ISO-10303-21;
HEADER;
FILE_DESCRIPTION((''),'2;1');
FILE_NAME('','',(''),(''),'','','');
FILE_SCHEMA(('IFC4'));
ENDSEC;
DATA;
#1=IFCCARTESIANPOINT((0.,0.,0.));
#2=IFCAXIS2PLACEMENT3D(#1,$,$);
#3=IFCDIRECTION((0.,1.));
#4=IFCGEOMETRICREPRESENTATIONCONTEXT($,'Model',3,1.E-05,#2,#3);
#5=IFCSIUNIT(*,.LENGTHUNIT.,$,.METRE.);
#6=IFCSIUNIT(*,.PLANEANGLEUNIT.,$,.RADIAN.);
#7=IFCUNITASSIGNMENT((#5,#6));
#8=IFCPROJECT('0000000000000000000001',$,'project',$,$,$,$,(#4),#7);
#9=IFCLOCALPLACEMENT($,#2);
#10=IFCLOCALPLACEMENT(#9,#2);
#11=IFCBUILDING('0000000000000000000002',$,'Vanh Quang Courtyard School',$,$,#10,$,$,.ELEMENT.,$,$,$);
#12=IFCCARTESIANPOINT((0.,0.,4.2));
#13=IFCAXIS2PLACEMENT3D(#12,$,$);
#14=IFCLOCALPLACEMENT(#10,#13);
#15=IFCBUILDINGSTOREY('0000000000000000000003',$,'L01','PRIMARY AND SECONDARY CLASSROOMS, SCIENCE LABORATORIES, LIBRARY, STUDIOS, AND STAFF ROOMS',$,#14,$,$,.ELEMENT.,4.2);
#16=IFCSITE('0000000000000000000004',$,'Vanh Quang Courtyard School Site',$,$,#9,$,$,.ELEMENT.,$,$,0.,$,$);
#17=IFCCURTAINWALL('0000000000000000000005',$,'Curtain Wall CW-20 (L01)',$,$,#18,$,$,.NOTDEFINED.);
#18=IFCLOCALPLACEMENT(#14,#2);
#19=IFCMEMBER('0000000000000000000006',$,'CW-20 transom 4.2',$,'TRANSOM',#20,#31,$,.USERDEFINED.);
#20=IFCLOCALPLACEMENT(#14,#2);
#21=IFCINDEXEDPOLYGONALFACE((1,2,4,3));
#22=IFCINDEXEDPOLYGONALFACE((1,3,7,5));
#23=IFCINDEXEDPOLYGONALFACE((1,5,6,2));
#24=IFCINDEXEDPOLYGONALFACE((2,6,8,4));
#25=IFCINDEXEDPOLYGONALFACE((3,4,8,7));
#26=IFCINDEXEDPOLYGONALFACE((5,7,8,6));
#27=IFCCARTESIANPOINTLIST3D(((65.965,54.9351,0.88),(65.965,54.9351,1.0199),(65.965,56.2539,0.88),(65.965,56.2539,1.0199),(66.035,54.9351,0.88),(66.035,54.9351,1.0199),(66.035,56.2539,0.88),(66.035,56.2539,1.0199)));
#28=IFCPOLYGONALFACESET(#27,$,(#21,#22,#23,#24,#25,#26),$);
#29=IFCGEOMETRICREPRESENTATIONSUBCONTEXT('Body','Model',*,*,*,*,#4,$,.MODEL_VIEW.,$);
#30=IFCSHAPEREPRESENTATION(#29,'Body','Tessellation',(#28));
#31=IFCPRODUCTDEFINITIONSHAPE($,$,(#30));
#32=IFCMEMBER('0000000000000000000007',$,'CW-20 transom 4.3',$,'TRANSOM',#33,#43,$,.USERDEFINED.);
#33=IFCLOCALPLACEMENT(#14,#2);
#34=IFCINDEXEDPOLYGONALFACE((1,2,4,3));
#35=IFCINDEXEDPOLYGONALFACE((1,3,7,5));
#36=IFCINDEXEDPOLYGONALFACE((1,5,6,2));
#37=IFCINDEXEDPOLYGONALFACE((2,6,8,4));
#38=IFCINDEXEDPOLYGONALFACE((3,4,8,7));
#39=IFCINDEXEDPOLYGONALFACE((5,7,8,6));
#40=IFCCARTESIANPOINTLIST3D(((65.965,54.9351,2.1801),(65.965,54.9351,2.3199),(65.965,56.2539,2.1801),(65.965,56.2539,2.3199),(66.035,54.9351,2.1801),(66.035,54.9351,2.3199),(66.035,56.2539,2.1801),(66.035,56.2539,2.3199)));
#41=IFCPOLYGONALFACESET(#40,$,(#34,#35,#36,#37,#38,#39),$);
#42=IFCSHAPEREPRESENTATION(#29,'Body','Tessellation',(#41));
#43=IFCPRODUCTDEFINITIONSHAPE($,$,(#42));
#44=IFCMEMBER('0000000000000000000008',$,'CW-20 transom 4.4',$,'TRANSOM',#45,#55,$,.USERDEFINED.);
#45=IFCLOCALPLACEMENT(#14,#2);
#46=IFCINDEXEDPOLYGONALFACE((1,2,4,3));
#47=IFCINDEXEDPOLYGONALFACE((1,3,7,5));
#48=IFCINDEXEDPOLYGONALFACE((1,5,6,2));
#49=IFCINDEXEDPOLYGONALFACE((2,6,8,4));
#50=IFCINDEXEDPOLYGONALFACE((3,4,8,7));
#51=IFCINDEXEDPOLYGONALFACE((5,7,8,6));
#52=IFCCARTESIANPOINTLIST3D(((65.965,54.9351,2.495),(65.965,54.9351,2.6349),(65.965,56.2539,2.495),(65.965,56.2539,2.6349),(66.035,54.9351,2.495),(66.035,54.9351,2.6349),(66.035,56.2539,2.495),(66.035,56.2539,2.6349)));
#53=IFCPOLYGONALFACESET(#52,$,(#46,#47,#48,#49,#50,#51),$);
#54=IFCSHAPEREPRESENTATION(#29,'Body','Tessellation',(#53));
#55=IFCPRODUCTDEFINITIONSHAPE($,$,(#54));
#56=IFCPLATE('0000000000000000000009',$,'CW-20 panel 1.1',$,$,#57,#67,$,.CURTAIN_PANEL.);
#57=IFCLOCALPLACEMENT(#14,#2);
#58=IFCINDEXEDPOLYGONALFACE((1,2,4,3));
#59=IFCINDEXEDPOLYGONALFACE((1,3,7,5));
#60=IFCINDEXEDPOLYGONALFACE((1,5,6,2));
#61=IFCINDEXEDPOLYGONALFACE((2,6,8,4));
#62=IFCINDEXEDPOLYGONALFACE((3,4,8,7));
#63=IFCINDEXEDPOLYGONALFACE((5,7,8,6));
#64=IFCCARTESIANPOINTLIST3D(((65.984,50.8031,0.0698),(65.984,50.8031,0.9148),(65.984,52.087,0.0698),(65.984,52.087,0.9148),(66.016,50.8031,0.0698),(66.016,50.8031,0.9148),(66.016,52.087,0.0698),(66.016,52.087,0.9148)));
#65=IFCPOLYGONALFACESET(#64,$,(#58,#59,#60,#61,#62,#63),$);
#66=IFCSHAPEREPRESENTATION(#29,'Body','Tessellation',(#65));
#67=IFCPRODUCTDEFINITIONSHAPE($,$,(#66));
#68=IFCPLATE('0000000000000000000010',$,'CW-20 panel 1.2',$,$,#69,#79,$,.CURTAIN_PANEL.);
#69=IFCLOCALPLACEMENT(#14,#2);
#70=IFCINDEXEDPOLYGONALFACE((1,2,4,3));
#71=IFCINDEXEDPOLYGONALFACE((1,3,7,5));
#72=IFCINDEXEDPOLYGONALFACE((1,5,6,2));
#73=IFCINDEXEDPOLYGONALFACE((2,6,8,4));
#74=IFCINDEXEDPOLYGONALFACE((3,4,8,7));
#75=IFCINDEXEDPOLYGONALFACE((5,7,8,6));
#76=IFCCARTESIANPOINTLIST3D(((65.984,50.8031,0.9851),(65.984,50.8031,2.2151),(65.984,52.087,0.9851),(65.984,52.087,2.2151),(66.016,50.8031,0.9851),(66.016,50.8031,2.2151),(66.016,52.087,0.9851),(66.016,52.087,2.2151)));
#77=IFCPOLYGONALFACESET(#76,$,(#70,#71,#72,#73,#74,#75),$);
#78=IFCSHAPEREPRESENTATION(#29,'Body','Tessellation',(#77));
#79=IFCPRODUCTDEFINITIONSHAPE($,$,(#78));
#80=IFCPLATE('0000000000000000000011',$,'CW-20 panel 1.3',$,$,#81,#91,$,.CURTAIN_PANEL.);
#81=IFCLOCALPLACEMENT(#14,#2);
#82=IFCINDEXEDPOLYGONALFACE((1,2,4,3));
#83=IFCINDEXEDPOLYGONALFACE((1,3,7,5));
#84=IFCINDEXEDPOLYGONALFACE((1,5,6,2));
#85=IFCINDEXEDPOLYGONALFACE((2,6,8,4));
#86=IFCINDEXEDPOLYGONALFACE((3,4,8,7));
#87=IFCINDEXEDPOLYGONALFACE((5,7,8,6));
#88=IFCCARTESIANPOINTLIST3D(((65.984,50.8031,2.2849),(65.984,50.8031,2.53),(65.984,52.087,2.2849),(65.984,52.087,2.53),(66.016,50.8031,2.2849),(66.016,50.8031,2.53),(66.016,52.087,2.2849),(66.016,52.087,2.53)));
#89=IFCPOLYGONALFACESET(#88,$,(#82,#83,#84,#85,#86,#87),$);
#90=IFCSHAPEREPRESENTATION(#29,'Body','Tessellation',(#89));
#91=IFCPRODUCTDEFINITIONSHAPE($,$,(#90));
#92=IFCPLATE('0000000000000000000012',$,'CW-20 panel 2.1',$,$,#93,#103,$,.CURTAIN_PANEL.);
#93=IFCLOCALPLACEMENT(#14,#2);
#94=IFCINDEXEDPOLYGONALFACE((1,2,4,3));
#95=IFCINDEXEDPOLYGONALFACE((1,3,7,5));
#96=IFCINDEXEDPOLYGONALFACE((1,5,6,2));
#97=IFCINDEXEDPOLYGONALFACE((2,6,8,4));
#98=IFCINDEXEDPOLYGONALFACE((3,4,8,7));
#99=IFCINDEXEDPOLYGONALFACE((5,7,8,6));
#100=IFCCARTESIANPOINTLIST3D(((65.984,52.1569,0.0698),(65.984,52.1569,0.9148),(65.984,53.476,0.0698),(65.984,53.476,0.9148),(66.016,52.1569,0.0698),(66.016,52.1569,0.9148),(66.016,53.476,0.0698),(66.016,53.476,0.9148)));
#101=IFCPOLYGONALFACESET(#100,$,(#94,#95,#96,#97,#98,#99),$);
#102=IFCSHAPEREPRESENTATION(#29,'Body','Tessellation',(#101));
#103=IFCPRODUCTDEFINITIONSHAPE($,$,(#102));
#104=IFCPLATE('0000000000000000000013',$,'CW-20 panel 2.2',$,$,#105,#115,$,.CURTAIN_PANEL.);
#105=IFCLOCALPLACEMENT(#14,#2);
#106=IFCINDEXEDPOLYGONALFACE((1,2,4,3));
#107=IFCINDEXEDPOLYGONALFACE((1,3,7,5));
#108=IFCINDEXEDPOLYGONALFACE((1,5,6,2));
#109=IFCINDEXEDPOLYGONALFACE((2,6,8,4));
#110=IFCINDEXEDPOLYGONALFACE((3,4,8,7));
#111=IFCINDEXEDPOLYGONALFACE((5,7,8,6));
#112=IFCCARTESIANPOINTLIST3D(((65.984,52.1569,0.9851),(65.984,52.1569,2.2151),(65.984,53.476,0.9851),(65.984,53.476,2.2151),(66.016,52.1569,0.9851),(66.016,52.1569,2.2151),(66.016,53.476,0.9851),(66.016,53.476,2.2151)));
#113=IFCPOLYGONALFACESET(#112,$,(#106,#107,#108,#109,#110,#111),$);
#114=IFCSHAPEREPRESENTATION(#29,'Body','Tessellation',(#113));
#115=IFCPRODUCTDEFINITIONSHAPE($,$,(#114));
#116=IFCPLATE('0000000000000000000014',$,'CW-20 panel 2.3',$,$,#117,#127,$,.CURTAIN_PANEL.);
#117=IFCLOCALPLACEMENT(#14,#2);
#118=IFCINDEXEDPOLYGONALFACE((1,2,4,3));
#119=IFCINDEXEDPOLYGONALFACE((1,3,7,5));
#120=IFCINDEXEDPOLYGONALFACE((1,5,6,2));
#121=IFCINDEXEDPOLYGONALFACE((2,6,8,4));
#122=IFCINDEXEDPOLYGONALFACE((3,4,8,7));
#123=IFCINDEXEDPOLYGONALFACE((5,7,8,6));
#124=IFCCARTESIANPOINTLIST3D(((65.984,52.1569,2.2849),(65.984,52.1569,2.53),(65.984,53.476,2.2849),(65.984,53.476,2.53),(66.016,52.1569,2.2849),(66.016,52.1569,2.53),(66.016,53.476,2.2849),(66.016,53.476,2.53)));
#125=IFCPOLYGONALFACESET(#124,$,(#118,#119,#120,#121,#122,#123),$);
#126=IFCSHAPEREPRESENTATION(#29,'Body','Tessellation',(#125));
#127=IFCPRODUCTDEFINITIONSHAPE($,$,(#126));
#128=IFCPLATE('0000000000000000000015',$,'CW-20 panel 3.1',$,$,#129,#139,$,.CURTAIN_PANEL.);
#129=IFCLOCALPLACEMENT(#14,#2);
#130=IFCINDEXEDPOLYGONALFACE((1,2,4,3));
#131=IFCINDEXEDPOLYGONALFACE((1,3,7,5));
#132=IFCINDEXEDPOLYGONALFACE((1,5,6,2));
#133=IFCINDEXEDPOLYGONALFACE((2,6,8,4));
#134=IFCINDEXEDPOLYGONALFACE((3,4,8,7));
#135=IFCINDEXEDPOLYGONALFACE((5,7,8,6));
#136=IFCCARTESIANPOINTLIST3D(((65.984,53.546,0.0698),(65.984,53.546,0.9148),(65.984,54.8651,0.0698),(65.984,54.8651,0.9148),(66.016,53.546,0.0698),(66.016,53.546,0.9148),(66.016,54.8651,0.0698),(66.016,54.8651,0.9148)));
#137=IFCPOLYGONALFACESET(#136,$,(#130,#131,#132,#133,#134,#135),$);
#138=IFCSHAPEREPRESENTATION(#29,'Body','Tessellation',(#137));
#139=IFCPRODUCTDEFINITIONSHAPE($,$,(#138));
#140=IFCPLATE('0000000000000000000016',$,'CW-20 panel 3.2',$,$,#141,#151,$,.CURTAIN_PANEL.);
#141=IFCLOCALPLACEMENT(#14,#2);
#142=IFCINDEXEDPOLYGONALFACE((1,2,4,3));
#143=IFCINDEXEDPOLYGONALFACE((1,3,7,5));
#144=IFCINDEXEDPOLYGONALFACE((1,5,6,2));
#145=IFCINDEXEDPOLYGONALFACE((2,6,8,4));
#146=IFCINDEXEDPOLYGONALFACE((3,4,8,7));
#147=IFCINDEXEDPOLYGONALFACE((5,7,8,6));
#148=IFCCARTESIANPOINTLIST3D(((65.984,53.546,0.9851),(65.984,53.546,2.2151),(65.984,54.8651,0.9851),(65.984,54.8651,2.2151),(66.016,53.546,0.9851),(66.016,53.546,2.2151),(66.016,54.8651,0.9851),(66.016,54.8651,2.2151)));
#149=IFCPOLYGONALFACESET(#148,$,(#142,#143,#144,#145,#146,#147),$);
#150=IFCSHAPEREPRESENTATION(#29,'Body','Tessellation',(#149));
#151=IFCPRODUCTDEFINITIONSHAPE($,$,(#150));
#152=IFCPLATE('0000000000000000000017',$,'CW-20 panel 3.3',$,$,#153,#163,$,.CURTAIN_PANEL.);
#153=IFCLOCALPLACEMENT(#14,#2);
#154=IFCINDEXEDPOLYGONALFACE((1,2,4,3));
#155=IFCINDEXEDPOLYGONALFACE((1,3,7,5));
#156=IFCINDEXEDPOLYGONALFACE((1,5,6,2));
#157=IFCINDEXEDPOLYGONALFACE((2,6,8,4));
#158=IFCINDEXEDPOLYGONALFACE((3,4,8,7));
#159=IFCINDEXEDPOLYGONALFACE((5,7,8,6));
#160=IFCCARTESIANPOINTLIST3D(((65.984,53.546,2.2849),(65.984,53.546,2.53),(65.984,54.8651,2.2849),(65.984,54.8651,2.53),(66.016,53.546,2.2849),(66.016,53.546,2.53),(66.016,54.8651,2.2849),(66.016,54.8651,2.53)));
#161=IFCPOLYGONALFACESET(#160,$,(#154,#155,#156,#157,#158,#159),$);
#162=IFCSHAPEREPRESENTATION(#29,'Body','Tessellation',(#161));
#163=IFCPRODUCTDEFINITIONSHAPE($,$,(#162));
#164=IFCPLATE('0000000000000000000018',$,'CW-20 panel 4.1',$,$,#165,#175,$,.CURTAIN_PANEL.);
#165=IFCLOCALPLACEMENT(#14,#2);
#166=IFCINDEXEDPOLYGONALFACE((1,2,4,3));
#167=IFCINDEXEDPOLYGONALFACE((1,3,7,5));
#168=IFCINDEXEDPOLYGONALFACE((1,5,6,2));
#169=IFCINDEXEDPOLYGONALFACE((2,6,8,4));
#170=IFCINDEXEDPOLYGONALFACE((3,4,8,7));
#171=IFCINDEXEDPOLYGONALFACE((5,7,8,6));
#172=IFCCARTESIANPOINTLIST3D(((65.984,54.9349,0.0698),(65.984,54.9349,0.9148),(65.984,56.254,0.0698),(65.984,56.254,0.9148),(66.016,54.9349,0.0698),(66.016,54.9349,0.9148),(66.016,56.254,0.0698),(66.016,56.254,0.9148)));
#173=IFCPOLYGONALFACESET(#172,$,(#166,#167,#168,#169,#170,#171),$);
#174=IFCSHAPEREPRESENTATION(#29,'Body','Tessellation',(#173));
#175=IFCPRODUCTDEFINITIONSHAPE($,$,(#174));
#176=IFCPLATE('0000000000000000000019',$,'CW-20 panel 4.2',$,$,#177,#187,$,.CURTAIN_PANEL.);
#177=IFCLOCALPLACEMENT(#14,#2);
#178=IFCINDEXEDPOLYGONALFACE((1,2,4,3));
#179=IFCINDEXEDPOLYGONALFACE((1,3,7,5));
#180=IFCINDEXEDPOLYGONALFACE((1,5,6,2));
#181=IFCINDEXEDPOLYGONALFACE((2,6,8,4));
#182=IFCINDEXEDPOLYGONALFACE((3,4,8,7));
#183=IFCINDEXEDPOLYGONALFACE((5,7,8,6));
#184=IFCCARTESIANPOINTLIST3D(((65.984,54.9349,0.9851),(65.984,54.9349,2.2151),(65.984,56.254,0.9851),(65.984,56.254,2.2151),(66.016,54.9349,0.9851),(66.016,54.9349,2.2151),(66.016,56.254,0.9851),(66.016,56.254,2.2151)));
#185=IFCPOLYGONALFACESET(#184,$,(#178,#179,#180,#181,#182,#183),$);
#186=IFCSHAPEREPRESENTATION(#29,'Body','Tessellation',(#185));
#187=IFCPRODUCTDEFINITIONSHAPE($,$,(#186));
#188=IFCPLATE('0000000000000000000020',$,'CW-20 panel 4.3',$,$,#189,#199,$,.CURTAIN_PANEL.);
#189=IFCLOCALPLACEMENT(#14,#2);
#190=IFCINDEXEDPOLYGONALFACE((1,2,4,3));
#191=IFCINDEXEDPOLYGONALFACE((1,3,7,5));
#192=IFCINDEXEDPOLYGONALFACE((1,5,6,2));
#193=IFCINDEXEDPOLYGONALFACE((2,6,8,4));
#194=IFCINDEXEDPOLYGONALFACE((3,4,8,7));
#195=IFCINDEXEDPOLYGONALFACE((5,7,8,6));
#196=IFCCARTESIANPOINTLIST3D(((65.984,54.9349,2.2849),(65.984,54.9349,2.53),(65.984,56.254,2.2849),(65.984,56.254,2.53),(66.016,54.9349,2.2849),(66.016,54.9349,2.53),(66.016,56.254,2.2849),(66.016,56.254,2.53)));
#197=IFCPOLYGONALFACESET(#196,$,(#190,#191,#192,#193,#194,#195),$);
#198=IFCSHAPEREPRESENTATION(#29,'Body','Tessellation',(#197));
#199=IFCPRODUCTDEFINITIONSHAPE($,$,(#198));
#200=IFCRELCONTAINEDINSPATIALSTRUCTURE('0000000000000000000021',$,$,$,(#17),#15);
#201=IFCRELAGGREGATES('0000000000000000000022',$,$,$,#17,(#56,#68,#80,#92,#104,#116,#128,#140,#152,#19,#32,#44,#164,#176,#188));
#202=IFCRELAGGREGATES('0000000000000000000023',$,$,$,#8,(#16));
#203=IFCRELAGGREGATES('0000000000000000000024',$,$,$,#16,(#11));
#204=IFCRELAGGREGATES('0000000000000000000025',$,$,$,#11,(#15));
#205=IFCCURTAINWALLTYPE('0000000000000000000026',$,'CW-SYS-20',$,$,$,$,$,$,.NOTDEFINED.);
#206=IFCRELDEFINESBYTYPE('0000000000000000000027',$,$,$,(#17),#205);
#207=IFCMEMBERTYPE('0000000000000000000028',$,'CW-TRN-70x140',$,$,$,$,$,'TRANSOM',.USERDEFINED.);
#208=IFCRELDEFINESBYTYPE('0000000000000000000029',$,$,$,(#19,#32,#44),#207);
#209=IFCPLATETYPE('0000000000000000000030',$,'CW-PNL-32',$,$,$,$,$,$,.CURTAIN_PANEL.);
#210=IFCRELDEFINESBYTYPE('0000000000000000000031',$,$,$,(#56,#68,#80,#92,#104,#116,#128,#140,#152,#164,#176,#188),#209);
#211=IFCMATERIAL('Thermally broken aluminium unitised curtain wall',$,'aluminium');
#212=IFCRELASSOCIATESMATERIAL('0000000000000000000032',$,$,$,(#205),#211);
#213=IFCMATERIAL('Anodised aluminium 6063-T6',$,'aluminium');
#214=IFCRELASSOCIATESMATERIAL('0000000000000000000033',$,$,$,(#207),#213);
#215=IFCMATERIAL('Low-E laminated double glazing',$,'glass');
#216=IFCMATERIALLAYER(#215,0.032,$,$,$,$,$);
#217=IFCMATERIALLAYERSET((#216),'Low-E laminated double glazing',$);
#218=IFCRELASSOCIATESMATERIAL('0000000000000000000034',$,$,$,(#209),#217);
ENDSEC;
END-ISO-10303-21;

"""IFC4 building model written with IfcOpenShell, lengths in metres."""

from ifc_helpers import new_model, si_unit, direction, frame, origin, origin_2d, place, context, subcontext, project, spatial, rectangle, extrude, material, layer, layer_set, material_profile, profile_set, type_object, element, aggregate, save


model = new_model("IFC4")

# Units and contexts
model_context = context("Model", 3, precision=1e-05, world=origin(), true_north=direction((0.0, 1.0)))
body_context = subcontext(model_context, "Body", "Model", "MODEL_VIEW")
ifc_project = project(units=[si_unit("LENGTHUNIT", "METRE"), si_unit("PLANEANGLEUNIT", "RADIAN")], contexts=[model_context])

# Site, building, storey
site_placement = place(None, origin())
site = spatial("IfcSite", under=ifc_project, at=site_placement, Name="Vanh Quang Courtyard School Site", CompositionType="ELEMENT", RefElevation=0.0)
building_placement = place(site_placement, origin())
building = spatial("IfcBuilding", under=site, at=building_placement, Name="Vanh Quang Courtyard School", CompositionType="ELEMENT")
storey_placement = place(building_placement, frame((0.0, 0.0, 4.2)))
storey = spatial("IfcBuildingStorey", under=building, at=storey_placement, Name="L01", Description="PRIMARY AND SECONDARY CLASSROOMS, SCIENCE LABORATORIES, LIBRARY, STUDIOS, AND STAFF ROOMS", CompositionType="ELEMENT", Elevation=4.2)

# Curtain wall, members, plates
ifc_material_1 = material(Name="Thermally broken aluminium unitised curtain wall", Category="aluminium")
curtain_wall_type = type_object("IfcCurtainWallType", Name="CW-SYS-20", PredefinedType="NOTDEFINED", material=ifc_material_1)
curtain_wall_placement = place(storey_placement, origin())
curtain_wall = element("IfcCurtainWall", 1, at=curtain_wall_placement, inside=storey, type_object=curtain_wall_type, Name="Curtain Wall CW-20 (L01)", PredefinedType="NOTDEFINED")
ifc_material_2 = material(Name="Anodised aluminium 6063-T6", Category="aluminium")
ifc_material_profile_1 = material_profile(ifc_material_2, rectangle(XDim=0.0701, YDim=0.1399, at=origin_2d()), Name="ALU-TRN 70x140")
ifc_profile_set_1 = profile_set([ifc_material_profile_1], Name="Anodised aluminium 6063-T6")
member_type_1 = type_object("IfcMemberType", Name="CW-TRN-70x140", ElementType="TRANSOM", PredefinedType="USERDEFINED", material=ifc_profile_set_1)
member_1_placement = place(storey_placement, frame((66.0, 54.9351, 0.95), z_axis=(0.0, 1.0, 0.0), x_axis=(-1.0, 0.0, 0.0)))
member_1 = element("IfcMember", 2, at=member_1_placement, type_object=member_type_1, Name="CW-20 transom 4.2", ObjectType="TRANSOM", PredefinedType="USERDEFINED", context=body_context, shape_type="SweptSolid", body=[
    extrude(rectangle(XDim=0.0701, YDim=0.1399, at=origin_2d()), origin(), (0.0, 0.0, 1.0), 1.3188),
])
member_2_placement = place(storey_placement, frame((66.0, 54.9351, 2.25), z_axis=(0.0, 1.0, 0.0), x_axis=(-1.0, 0.0, 0.0)))
member_2 = element("IfcMember", 3, at=member_2_placement, type_object=member_type_1, Name="CW-20 transom 4.3", ObjectType="TRANSOM", PredefinedType="USERDEFINED", context=body_context, shape_type="SweptSolid", body=[
    extrude(rectangle(XDim=0.0701, YDim=0.1399, at=origin_2d()), origin(), (0.0, 0.0, 1.0), 1.3188),
])
member_3_placement = place(storey_placement, frame((66.0, 54.9351, 2.5649), z_axis=(0.0, 1.0, 0.0), x_axis=(-1.0, 0.0, 0.0)))
member_3 = element("IfcMember", 4, at=member_3_placement, type_object=member_type_1, Name="CW-20 transom 4.4", ObjectType="TRANSOM", PredefinedType="USERDEFINED", context=body_context, shape_type="SweptSolid", body=[
    extrude(rectangle(XDim=0.0701, YDim=0.1399, at=origin_2d()), origin(), (0.0, 0.0, 1.0), 1.3188),
])
ifc_material_3 = material(Name="Low-E laminated double glazing", Category="glass")
ifc_layer = layer(ifc_material_3, 0.032)
ifc_layer_set = layer_set([ifc_layer], Name="Low-E laminated double glazing")
plate_type = type_object("IfcPlateType", Name="CW-PNL-32", PredefinedType="CURTAIN_PANEL", material=ifc_layer_set)
plate_1_placement = place(storey_placement, frame((66.0, 51.4451, 0.0698), z_axis=(0.0, 0.0, 1.0), x_axis=(0.0, 1.0, 0.0)))
plate_1 = element("IfcPlate", 5, at=plate_1_placement, type_object=plate_type, Name="CW-20 panel 1.1", PredefinedType="CURTAIN_PANEL", context=body_context, shape_type="SweptSolid", body=[
    extrude(rectangle(XDim=1.2839, YDim=0.032, at=origin_2d()), origin(), (0.0, 0.0, 1.0), 0.845),
])
plate_2_placement = place(storey_placement, frame((66.0, 51.4451, 0.9851), z_axis=(0.0, 0.0, 1.0), x_axis=(0.0, 1.0, 0.0)))
plate_2 = element("IfcPlate", 6, at=plate_2_placement, type_object=plate_type, Name="CW-20 panel 1.2", PredefinedType="CURTAIN_PANEL", context=body_context, shape_type="SweptSolid", body=[
    extrude(rectangle(XDim=1.2839, YDim=0.032, at=origin_2d()), origin(), (0.0, 0.0, 1.0), 1.23),
])
plate_3_placement = place(storey_placement, frame((66.0, 51.4451, 2.2849), z_axis=(0.0, 0.0, 1.0), x_axis=(0.0, 1.0, 0.0)))
plate_3 = element("IfcPlate", 7, at=plate_3_placement, type_object=plate_type, Name="CW-20 panel 1.3", PredefinedType="CURTAIN_PANEL", context=body_context, shape_type="SweptSolid", body=[
    extrude(rectangle(XDim=1.2839, YDim=0.032, at=origin_2d()), origin(), (0.0, 0.0, 1.0), 0.2451),
])
plate_4_placement = place(storey_placement, frame((66.0, 52.8164, 0.0698), z_axis=(0.0, 0.0, 1.0), x_axis=(0.0, 1.0, 0.0)))
plate_4 = element("IfcPlate", 8, at=plate_4_placement, type_object=plate_type, Name="CW-20 panel 2.1", PredefinedType="CURTAIN_PANEL", context=body_context, shape_type="SweptSolid", body=[
    extrude(rectangle(XDim=1.3191, YDim=0.032, at=origin_2d()), origin(), (0.0, 0.0, 1.0), 0.845),
])
plate_5_placement = place(storey_placement, frame((66.0, 52.8164, 0.9851), z_axis=(0.0, 0.0, 1.0), x_axis=(0.0, 1.0, 0.0)))
plate_5 = element("IfcPlate", 9, at=plate_5_placement, type_object=plate_type, Name="CW-20 panel 2.2", PredefinedType="CURTAIN_PANEL", context=body_context, shape_type="SweptSolid", body=[
    extrude(rectangle(XDim=1.3191, YDim=0.032, at=origin_2d()), origin(), (0.0, 0.0, 1.0), 1.23),
])
plate_6_placement = place(storey_placement, frame((66.0, 52.8164, 2.2849), z_axis=(0.0, 0.0, 1.0), x_axis=(0.0, 1.0, 0.0)))
plate_6 = element("IfcPlate", 10, at=plate_6_placement, type_object=plate_type, Name="CW-20 panel 2.3", PredefinedType="CURTAIN_PANEL", context=body_context, shape_type="SweptSolid", body=[
    extrude(rectangle(XDim=1.3191, YDim=0.032, at=origin_2d()), origin(), (0.0, 0.0, 1.0), 0.2451),
])
plate_7_placement = place(storey_placement, frame((66.0, 54.2056, 0.0698), z_axis=(0.0, 0.0, 1.0), x_axis=(0.0, 1.0, 0.0)))
plate_7 = element("IfcPlate", 11, at=plate_7_placement, type_object=plate_type, Name="CW-20 panel 3.1", PredefinedType="CURTAIN_PANEL", context=body_context, shape_type="SweptSolid", body=[
    extrude(rectangle(XDim=1.3191, YDim=0.032, at=origin_2d()), origin(), (0.0, 0.0, 1.0), 0.845),
])
plate_8_placement = place(storey_placement, frame((66.0, 54.2056, 0.9851), z_axis=(0.0, 0.0, 1.0), x_axis=(0.0, 1.0, 0.0)))
plate_8 = element("IfcPlate", 12, at=plate_8_placement, type_object=plate_type, Name="CW-20 panel 3.2", PredefinedType="CURTAIN_PANEL", context=body_context, shape_type="SweptSolid", body=[
    extrude(rectangle(XDim=1.3191, YDim=0.032, at=origin_2d()), origin(), (0.0, 0.0, 1.0), 1.23),
])
plate_9_placement = place(storey_placement, frame((66.0, 54.2056, 2.2849), z_axis=(0.0, 0.0, 1.0), x_axis=(0.0, 1.0, 0.0)))
plate_9 = element("IfcPlate", 13, at=plate_9_placement, type_object=plate_type, Name="CW-20 panel 3.3", PredefinedType="CURTAIN_PANEL", context=body_context, shape_type="SweptSolid", body=[
    extrude(rectangle(XDim=1.3191, YDim=0.032, at=origin_2d()), origin(), (0.0, 0.0, 1.0), 0.2451),
])
plate_10_placement = place(storey_placement, frame((66.0, 55.5945, 0.0698), z_axis=(0.0, 0.0, 1.0), x_axis=(0.0, 1.0, 0.0)))
plate_10 = element("IfcPlate", 14, at=plate_10_placement, type_object=plate_type, Name="CW-20 panel 4.1", PredefinedType="CURTAIN_PANEL", context=body_context, shape_type="SweptSolid", body=[
    extrude(rectangle(XDim=1.3191, YDim=0.032, at=origin_2d()), origin(), (0.0, 0.0, 1.0), 0.845),
])
plate_11_placement = place(storey_placement, frame((66.0, 55.5945, 0.9851), z_axis=(0.0, 0.0, 1.0), x_axis=(0.0, 1.0, 0.0)))
plate_11 = element("IfcPlate", 15, at=plate_11_placement, type_object=plate_type, Name="CW-20 panel 4.2", PredefinedType="CURTAIN_PANEL", context=body_context, shape_type="SweptSolid", body=[
    extrude(rectangle(XDim=1.3191, YDim=0.032, at=origin_2d()), origin(), (0.0, 0.0, 1.0), 1.23),
])
plate_12_placement = place(storey_placement, frame((66.0, 55.5945, 2.2849), z_axis=(0.0, 0.0, 1.0), x_axis=(0.0, 1.0, 0.0)))
plate_12 = element("IfcPlate", 16, at=plate_12_placement, type_object=plate_type, Name="CW-20 panel 4.3", PredefinedType="CURTAIN_PANEL", context=body_context, shape_type="SweptSolid", body=[
    extrude(rectangle(XDim=1.3191, YDim=0.032, at=origin_2d()), origin(), (0.0, 0.0, 1.0), 0.2451),
])
aggregate(curtain_wall, [plate_1, plate_2, plate_3, plate_4, plate_5, plate_6, plate_7, plate_8, plate_9, member_1, member_2, member_3, plate_10, plate_11, plate_12])

save(model, "model.ifc")
